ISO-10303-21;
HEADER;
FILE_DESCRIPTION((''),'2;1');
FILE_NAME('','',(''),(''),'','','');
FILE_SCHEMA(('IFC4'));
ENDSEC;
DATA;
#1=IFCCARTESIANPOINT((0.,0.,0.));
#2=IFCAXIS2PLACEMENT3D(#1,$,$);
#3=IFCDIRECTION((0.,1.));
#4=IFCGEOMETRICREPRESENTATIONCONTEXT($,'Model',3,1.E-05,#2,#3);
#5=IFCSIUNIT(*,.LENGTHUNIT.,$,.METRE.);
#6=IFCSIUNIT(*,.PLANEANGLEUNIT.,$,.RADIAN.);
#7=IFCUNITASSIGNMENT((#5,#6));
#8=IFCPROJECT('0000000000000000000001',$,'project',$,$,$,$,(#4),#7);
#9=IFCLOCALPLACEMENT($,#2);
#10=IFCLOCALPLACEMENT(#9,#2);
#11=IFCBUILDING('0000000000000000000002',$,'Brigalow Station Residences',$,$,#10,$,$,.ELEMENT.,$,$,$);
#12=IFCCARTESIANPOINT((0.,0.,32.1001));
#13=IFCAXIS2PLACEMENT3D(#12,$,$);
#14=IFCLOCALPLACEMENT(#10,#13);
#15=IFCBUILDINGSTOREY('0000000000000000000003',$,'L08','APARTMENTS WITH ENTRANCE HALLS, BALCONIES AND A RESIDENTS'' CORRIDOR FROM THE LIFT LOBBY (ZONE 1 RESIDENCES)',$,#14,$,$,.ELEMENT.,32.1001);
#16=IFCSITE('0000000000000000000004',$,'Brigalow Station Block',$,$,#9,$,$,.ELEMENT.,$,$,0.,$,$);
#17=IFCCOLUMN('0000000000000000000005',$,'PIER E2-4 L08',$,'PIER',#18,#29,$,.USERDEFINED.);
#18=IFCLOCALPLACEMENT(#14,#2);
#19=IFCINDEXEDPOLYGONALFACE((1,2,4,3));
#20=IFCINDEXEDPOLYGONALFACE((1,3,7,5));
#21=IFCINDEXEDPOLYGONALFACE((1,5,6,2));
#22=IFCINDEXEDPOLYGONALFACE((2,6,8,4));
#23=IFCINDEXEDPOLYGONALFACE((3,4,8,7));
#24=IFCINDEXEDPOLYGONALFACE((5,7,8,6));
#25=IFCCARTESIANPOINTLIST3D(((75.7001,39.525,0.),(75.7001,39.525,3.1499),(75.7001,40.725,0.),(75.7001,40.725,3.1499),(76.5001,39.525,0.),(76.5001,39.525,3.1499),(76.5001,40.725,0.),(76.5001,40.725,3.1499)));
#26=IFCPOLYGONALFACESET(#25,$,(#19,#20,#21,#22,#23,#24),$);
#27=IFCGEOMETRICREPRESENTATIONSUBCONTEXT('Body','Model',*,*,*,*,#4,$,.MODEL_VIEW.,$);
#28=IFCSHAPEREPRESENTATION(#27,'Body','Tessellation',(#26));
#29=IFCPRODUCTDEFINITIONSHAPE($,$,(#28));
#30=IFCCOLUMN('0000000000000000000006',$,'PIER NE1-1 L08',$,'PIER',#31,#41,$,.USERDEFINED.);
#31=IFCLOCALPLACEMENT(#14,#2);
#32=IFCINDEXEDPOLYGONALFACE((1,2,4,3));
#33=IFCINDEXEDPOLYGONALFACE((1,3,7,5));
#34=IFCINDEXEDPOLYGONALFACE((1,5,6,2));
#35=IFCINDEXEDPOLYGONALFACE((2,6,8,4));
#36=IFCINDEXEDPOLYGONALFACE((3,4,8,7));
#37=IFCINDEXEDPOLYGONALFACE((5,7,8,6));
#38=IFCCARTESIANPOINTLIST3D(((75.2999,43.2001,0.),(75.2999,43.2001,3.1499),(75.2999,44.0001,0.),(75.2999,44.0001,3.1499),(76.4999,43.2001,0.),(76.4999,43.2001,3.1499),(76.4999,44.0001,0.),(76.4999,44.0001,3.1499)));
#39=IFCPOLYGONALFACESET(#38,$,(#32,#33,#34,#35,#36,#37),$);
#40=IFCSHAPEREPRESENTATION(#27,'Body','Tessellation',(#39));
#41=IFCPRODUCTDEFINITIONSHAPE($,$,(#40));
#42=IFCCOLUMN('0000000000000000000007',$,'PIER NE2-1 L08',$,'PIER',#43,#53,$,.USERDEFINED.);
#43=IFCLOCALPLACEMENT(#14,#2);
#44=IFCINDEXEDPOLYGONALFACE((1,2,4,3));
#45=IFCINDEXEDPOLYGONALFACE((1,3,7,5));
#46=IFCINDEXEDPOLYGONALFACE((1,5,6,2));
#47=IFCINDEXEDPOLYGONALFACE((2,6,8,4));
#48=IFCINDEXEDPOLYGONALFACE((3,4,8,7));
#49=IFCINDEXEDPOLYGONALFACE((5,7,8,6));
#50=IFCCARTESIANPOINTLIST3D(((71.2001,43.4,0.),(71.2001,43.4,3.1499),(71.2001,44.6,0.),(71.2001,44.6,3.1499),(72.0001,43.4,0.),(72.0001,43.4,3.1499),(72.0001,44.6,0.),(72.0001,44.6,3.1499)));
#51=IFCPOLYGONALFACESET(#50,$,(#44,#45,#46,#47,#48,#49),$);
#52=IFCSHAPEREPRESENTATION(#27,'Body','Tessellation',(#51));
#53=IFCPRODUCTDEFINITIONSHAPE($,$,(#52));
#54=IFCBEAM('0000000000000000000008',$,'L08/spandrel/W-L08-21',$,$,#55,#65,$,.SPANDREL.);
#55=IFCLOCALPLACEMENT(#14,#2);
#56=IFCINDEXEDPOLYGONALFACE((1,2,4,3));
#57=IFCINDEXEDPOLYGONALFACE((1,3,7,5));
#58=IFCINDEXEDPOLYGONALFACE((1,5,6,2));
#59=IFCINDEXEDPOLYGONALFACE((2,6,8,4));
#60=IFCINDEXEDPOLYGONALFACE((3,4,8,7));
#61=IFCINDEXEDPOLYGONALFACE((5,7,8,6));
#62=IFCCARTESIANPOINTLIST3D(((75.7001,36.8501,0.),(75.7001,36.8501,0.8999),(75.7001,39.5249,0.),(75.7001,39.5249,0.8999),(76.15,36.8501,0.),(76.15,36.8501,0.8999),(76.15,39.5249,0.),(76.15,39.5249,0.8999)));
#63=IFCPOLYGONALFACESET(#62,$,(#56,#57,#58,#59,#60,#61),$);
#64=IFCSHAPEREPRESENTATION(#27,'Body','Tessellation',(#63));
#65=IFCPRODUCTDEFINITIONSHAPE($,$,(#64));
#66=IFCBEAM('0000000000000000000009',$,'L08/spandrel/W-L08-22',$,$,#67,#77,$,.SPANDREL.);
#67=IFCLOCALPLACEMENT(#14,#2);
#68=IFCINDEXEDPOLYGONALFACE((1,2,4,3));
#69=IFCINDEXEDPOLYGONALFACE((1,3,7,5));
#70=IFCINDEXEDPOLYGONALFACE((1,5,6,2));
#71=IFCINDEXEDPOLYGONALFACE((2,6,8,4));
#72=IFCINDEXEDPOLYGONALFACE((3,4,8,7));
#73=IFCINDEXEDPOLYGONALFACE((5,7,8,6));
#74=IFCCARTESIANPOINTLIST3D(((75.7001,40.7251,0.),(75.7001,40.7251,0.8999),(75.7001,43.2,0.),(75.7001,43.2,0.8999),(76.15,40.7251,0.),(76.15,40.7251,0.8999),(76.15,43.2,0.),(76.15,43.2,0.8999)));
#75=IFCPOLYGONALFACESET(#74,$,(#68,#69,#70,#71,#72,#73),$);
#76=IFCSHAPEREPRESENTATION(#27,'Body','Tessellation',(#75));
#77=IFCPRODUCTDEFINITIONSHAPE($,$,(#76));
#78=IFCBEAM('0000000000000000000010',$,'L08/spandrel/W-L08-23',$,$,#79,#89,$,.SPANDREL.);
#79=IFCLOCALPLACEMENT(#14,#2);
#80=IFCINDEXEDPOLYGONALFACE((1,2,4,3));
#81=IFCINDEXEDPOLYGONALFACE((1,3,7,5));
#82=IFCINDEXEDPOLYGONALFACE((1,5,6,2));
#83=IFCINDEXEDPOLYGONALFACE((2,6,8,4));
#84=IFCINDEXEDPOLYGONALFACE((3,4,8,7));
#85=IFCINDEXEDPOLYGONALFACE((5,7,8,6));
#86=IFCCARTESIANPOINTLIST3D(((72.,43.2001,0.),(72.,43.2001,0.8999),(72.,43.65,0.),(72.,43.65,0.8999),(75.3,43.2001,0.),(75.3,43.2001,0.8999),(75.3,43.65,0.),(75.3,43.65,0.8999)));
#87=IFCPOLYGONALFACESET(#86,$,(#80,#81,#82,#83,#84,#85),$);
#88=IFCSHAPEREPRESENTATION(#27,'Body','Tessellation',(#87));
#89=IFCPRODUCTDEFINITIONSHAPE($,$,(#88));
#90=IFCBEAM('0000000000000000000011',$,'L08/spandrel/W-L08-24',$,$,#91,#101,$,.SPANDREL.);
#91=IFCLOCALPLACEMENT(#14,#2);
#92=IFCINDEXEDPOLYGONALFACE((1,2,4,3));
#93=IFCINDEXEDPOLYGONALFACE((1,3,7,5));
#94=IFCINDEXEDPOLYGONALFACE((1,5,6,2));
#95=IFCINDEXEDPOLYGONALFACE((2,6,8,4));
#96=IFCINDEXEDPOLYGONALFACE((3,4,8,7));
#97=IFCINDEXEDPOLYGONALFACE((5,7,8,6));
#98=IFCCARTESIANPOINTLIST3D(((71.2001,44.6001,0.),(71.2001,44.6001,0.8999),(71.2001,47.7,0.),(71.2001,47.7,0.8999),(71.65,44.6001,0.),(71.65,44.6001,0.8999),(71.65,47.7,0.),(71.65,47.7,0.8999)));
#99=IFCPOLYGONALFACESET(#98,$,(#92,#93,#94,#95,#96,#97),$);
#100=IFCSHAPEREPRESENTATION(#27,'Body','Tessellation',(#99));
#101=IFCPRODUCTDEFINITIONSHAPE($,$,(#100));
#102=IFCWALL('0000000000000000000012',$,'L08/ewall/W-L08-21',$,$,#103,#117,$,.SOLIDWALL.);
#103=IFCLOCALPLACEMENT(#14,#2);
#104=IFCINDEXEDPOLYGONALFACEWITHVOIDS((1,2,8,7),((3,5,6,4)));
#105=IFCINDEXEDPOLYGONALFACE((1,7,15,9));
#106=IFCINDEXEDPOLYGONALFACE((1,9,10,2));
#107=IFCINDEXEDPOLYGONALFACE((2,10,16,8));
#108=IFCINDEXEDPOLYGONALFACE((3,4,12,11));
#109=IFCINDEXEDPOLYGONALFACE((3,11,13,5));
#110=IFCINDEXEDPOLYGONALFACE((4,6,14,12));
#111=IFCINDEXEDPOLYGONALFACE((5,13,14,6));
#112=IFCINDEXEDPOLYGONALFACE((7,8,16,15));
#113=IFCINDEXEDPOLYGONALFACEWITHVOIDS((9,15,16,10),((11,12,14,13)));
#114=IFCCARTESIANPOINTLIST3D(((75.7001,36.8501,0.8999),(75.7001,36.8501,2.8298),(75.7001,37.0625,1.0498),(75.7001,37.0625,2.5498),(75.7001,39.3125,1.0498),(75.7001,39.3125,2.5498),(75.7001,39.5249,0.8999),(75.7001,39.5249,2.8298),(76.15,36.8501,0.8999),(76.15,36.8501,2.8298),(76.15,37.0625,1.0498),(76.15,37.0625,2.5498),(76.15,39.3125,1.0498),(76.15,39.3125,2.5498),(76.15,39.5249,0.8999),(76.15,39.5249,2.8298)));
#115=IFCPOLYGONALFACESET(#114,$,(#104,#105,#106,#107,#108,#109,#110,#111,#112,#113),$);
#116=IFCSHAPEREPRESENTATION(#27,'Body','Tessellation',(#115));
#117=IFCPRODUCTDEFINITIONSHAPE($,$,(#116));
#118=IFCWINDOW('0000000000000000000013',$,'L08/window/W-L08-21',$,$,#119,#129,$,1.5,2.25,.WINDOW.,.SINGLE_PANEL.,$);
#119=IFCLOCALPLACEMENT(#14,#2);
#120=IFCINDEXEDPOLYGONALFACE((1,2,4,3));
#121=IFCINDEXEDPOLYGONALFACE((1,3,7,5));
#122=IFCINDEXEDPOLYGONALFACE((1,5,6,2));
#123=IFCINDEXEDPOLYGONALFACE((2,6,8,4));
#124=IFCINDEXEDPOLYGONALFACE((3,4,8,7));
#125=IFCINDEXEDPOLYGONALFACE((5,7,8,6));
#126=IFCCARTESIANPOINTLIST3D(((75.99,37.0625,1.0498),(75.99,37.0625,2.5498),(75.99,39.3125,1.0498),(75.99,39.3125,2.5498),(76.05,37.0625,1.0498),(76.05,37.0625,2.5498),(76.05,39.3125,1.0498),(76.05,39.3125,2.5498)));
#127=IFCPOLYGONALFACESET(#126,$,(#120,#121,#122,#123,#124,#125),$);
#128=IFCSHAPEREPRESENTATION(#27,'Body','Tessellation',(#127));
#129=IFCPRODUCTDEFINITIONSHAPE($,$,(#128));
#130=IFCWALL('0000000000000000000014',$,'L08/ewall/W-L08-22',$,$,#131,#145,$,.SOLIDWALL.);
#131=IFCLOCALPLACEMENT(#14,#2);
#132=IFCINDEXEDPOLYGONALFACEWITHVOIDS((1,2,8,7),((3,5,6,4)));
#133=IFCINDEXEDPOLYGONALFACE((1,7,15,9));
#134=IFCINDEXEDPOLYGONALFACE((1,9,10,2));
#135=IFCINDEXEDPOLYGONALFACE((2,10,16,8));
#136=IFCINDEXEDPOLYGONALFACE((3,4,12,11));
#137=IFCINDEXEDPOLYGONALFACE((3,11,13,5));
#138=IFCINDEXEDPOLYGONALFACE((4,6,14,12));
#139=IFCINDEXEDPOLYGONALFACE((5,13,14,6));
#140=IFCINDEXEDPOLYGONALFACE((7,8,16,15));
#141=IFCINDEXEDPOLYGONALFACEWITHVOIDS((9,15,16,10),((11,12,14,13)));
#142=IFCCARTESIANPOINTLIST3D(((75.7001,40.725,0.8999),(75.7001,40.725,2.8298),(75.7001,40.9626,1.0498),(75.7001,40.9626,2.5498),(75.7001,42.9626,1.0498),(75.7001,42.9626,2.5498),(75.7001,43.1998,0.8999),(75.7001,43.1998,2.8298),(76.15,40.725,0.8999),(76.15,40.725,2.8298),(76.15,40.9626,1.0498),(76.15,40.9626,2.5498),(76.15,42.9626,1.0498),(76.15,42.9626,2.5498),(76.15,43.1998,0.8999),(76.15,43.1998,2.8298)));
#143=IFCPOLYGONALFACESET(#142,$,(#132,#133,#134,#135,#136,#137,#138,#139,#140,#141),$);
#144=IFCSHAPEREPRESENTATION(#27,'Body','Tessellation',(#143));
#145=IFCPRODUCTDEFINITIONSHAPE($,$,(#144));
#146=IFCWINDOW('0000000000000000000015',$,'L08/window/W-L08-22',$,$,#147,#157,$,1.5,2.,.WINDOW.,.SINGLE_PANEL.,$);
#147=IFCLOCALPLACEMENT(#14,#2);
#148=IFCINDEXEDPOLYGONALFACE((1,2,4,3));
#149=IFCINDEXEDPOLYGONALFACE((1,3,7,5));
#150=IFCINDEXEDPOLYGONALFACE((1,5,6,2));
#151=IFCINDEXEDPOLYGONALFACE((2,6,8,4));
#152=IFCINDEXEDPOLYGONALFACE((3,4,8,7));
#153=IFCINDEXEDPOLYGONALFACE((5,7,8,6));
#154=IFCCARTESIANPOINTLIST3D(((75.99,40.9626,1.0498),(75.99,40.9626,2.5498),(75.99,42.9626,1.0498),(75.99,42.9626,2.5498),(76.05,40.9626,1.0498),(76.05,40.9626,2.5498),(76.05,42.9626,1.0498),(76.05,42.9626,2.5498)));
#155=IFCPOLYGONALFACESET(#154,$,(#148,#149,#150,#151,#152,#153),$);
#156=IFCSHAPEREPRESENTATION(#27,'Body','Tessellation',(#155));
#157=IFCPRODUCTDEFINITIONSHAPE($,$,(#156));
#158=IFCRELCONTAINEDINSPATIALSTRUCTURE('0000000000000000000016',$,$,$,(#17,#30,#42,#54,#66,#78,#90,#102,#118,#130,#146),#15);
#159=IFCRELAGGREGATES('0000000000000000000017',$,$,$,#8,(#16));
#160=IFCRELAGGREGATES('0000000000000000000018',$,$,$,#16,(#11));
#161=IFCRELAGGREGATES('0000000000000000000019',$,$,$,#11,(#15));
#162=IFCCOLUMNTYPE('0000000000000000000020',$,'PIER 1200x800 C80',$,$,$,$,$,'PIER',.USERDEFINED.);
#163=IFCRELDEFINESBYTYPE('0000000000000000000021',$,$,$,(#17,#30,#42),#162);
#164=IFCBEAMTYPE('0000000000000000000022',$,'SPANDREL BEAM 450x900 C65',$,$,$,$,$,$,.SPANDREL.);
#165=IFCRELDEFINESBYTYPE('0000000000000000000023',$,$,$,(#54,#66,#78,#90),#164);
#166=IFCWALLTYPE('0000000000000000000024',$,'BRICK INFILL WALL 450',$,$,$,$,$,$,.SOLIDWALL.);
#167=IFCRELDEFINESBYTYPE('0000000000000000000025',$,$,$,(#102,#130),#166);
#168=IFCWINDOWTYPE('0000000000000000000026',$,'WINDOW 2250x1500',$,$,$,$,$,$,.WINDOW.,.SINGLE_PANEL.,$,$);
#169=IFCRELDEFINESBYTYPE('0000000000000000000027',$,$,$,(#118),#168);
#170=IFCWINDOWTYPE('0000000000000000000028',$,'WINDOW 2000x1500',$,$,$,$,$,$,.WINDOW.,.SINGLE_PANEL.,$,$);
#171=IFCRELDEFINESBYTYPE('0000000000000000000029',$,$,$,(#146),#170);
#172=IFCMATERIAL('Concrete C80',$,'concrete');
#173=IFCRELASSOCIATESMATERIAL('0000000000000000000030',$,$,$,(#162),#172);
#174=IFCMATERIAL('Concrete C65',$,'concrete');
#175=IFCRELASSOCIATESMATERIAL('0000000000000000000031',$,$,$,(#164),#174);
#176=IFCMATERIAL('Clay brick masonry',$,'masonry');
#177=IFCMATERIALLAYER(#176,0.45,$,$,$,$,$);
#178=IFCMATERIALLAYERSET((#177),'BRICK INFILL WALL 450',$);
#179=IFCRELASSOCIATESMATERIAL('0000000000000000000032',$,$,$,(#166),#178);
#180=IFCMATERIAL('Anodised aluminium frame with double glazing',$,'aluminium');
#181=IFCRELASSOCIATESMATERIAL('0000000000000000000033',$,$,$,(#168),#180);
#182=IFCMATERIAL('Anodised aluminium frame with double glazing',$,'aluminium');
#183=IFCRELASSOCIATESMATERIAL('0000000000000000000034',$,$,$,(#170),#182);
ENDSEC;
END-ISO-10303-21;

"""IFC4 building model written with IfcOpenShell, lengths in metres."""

from ifc_helpers import new_model, si_unit, direction, frame, frame_2d, origin, origin_2d, place, context, subcontext, project, spatial, rectangle, extrude, material, layer, layer_set, material_profile, profile_set, type_object, element, fill, save


model = new_model("IFC4")

# Units and contexts
model_context = context("Model", 3, precision=1e-05, world=origin(), true_north=direction((0.0, 1.0)))
body_context = subcontext(model_context, "Body", "Model", "MODEL_VIEW")
ifc_project = project(units=[si_unit("LENGTHUNIT", "METRE"), si_unit("PLANEANGLEUNIT", "RADIAN")], contexts=[model_context])

# Site, building, storey
site_placement = place(None, origin())
site = spatial("IfcSite", under=ifc_project, at=site_placement, Name="Brigalow Station Block", CompositionType="ELEMENT", RefElevation=0.0)
building_placement = place(site_placement, origin())
building = spatial("IfcBuilding", under=site, at=building_placement, Name="Brigalow Station Residences", CompositionType="ELEMENT")
storey_placement = place(building_placement, frame((0.0, 0.0, 32.1001)))
storey = spatial("IfcBuildingStorey", under=building, at=storey_placement, Name="L08", Description="APARTMENTS WITH ENTRANCE HALLS, BALCONIES AND A RESIDENTS' CORRIDOR FROM THE LIFT LOBBY (ZONE 1 RESIDENCES)", CompositionType="ELEMENT", Elevation=32.1001)

# Columns
ifc_material_1 = material(Name="Concrete C80", Category="concrete")
ifc_material_profile_1 = material_profile(ifc_material_1, rectangle(XDim=1.2, YDim=0.8, at=origin_2d()), Name="RC1200x800")
ifc_profile_set_1 = profile_set([ifc_material_profile_1], Name="Concrete C80")
column_type = type_object("IfcColumnType", Name="PIER 1200x800 C80", ElementType="PIER", PredefinedType="USERDEFINED", material=ifc_profile_set_1)
for number, where, z_axis, x_axis, name in (
    (1, (76.1001, 40.125, 0.0), (0.0, 0.0, 1.0), (0.0, 1.0, 0.0), "PIER E2-4 L08"),
    (2, (75.8999, 43.6001, 0.0), (0.0, 0.0, 1.0), (-1.0, 0.0, 0.0), "PIER NE1-1 L08"),
    (3, (71.6001, 44.0, 0.0), (0.0, 0.0, 1.0), (0.0, 1.0, 0.0), "PIER NE2-1 L08"),
):
    element("IfcColumn", number, at=place(storey_placement, frame(where, z_axis=z_axis, x_axis=x_axis)), inside=storey, type_object=column_type, Name=name, ObjectType="PIER", PredefinedType="USERDEFINED", context=body_context, shape_type="SweptSolid", body=[
        extrude(rectangle(XDim=1.2, YDim=0.8, at=origin_2d()), origin(), (0.0, 0.0, 1.0), 3.1499),
    ])

# Beams
ifc_material_2 = material(Name="Concrete C65", Category="concrete")
ifc_material_profile_2 = material_profile(ifc_material_2, rectangle(XDim=0.45, YDim=0.8999, at=origin_2d()), Name="RC450x900")
ifc_profile_set_2 = profile_set([ifc_material_profile_2], Name="Concrete C65")
beam_type = type_object("IfcBeamType", Name="SPANDREL BEAM 450x900 C65", PredefinedType="SPANDREL", material=ifc_profile_set_2)
beam_1_placement = place(storey_placement, frame((75.925, 36.8501, 0.45), z_axis=(0.0, 1.0, 0.0), x_axis=(-1.0, 0.0, 0.0)))
element("IfcBeam", 4, at=beam_1_placement, inside=storey, type_object=beam_type, Name="L08/spandrel/W-L08-21", PredefinedType="SPANDREL", context=body_context, shape_type="SweptSolid", body=[
    extrude(rectangle(XDim=0.45, YDim=0.8999, at=origin_2d()), origin(), (0.0, 0.0, 1.0), 2.6748),
])
beam_2_placement = place(storey_placement, frame((75.925, 40.7251, 0.45), z_axis=(0.0, 1.0, 0.0), x_axis=(-1.0, 0.0, 0.0)))
element("IfcBeam", 5, at=beam_2_placement, inside=storey, type_object=beam_type, Name="L08/spandrel/W-L08-22", PredefinedType="SPANDREL", context=body_context, shape_type="SweptSolid", body=[
    extrude(rectangle(XDim=0.45, YDim=0.8999, at=origin_2d()), origin(), (0.0, 0.0, 1.0), 2.4749),
])
beam_3_placement = place(storey_placement, frame((75.3, 43.425, 0.45), z_axis=(-1.0, 0.0, 0.0), x_axis=(0.0, -1.0, 0.0)))
element("IfcBeam", 6, at=beam_3_placement, inside=storey, type_object=beam_type, Name="L08/spandrel/W-L08-23", PredefinedType="SPANDREL", context=body_context, shape_type="SweptSolid", body=[
    extrude(rectangle(XDim=0.45, YDim=0.8999, at=origin_2d()), origin(), (0.0, 0.0, 1.0), 3.3),
])
beam_4_placement = place(storey_placement, frame((71.425, 44.6001, 0.45), z_axis=(0.0, 1.0, 0.0), x_axis=(-1.0, 0.0, 0.0)))
element("IfcBeam", 7, at=beam_4_placement, inside=storey, type_object=beam_type, Name="L08/spandrel/W-L08-24", PredefinedType="SPANDREL", context=body_context, shape_type="SweptSolid", body=[
    extrude(rectangle(XDim=0.45, YDim=0.8999, at=origin_2d()), origin(), (0.0, 0.0, 1.0), 3.0999),
])

# Walls, openings, windows
ifc_material_3 = material(Name="Clay brick masonry", Category="masonry")
ifc_layer_1 = layer(ifc_material_3, 0.45)
ifc_layer_set_1 = layer_set([ifc_layer_1], Name="BRICK INFILL WALL 450")
wall_type_1 = type_object("IfcWallType", Name="BRICK INFILL WALL 450", PredefinedType="SOLIDWALL", material=ifc_layer_set_1)
wall_1_placement = place(storey_placement, frame((75.925, 36.8501, 0.8999), z_axis=(0.0, 0.0, 1.0), x_axis=(0.0, 1.0, 0.0)))
wall_1 = element("IfcWall", 8, at=wall_1_placement, inside=storey, type_object=wall_type_1, Name="L08/ewall/W-L08-21", PredefinedType="SOLIDWALL", context=body_context, shape_type="SweptSolid", body=[
    extrude(rectangle(XDim=2.6748, YDim=0.45, at=frame_2d((1.3374, 0.0))), origin(), (0.0, 0.0, 1.0), 1.9299),
])
opening_1_placement = place(wall_1_placement, frame((0.2124, 0.0, 0.1499)))
opening_1 = element("IfcOpeningElement", 9, at=opening_1_placement, cuts=wall_1, PredefinedType="OPENING", context=body_context, shape_type="SweptSolid", body=[
    extrude(rectangle(XDim=2.25, YDim=1.5, at=frame_2d((1.125, 0.75))), frame((0.0, 0.2349, 0.0), z_axis=(0.0, -1.0, 0.0), x_axis=(1.0, 0.0, 0.0)), (0.0, 0.0, 1.0), 0.47),
])
ifc_material_4 = material(Name="Anodised aluminium frame with double glazing", Category="aluminium")
window_type_1 = type_object("IfcWindowType", Name="WINDOW 2250x1500", PartitioningType="SINGLE_PANEL", PredefinedType="WINDOW", material=ifc_material_4)
window_1_placement = place(opening_1_placement, origin())
window_1 = element("IfcWindow", 10, at=window_1_placement, inside=storey, type_object=window_type_1, Name="L08/window/W-L08-21", OverallHeight=1.5, OverallWidth=2.25, PartitioningType="SINGLE_PANEL", PredefinedType="WINDOW", context=body_context, shape_type="SweptSolid", body=[
    extrude(rectangle(XDim=2.25, YDim=1.5, at=frame_2d((1.125, 0.75))), frame((0.0, -0.0649, 0.0), z_axis=(0.0, -1.0, 0.0), x_axis=(1.0, 0.0, 0.0)), (0.0, 0.0, 1.0), 0.0601),
])
fill(opening_1, window_1)
wall_2_placement = place(storey_placement, frame((75.925, 40.7251, 0.8999), z_axis=(0.0, 0.0, 1.0), x_axis=(0.0, 1.0, 0.0)))
wall_2 = element("IfcWall", 11, at=wall_2_placement, inside=storey, type_object=wall_type_1, Name="L08/ewall/W-L08-22", PredefinedType="SOLIDWALL", context=body_context, shape_type="SweptSolid", body=[
    extrude(rectangle(XDim=2.4749, YDim=0.45, at=frame_2d((1.2373, 0.0))), origin(), (0.0, 0.0, 1.0), 1.9299),
])
opening_2_placement = place(wall_2_placement, frame((0.2375, 0.0, 0.1499)))
opening_2 = element("IfcOpeningElement", 12, at=opening_2_placement, cuts=wall_2, PredefinedType="OPENING", context=body_context, shape_type="SweptSolid", body=[
    extrude(rectangle(XDim=2.0, YDim=1.5, at=frame_2d((1.0, 0.75))), frame((0.0, 0.2349, 0.0), z_axis=(0.0, -1.0, 0.0), x_axis=(1.0, 0.0, 0.0)), (0.0, 0.0, 1.0), 0.47),
])
ifc_material_5 = material(Name="Anodised aluminium frame with double glazing", Category="aluminium")
window_type_2 = type_object("IfcWindowType", Name="WINDOW 2000x1500", PartitioningType="SINGLE_PANEL", PredefinedType="WINDOW", material=ifc_material_5)
window_2_placement = place(opening_2_placement, origin())
window_2 = element("IfcWindow", 13, at=window_2_placement, inside=storey, type_object=window_type_2, Name="L08/window/W-L08-22", OverallHeight=1.5, OverallWidth=2.0, PartitioningType="SINGLE_PANEL", PredefinedType="WINDOW", context=body_context, shape_type="SweptSolid", body=[
    extrude(rectangle(XDim=2.0, YDim=1.5, at=frame_2d((1.0, 0.75))), frame((0.0, -0.0649, 0.0), z_axis=(0.0, -1.0, 0.0), x_axis=(1.0, 0.0, 0.0)), (0.0, 0.0, 1.0), 0.0601),
])
fill(opening_2, window_2)

save(model, "model.ifc")
